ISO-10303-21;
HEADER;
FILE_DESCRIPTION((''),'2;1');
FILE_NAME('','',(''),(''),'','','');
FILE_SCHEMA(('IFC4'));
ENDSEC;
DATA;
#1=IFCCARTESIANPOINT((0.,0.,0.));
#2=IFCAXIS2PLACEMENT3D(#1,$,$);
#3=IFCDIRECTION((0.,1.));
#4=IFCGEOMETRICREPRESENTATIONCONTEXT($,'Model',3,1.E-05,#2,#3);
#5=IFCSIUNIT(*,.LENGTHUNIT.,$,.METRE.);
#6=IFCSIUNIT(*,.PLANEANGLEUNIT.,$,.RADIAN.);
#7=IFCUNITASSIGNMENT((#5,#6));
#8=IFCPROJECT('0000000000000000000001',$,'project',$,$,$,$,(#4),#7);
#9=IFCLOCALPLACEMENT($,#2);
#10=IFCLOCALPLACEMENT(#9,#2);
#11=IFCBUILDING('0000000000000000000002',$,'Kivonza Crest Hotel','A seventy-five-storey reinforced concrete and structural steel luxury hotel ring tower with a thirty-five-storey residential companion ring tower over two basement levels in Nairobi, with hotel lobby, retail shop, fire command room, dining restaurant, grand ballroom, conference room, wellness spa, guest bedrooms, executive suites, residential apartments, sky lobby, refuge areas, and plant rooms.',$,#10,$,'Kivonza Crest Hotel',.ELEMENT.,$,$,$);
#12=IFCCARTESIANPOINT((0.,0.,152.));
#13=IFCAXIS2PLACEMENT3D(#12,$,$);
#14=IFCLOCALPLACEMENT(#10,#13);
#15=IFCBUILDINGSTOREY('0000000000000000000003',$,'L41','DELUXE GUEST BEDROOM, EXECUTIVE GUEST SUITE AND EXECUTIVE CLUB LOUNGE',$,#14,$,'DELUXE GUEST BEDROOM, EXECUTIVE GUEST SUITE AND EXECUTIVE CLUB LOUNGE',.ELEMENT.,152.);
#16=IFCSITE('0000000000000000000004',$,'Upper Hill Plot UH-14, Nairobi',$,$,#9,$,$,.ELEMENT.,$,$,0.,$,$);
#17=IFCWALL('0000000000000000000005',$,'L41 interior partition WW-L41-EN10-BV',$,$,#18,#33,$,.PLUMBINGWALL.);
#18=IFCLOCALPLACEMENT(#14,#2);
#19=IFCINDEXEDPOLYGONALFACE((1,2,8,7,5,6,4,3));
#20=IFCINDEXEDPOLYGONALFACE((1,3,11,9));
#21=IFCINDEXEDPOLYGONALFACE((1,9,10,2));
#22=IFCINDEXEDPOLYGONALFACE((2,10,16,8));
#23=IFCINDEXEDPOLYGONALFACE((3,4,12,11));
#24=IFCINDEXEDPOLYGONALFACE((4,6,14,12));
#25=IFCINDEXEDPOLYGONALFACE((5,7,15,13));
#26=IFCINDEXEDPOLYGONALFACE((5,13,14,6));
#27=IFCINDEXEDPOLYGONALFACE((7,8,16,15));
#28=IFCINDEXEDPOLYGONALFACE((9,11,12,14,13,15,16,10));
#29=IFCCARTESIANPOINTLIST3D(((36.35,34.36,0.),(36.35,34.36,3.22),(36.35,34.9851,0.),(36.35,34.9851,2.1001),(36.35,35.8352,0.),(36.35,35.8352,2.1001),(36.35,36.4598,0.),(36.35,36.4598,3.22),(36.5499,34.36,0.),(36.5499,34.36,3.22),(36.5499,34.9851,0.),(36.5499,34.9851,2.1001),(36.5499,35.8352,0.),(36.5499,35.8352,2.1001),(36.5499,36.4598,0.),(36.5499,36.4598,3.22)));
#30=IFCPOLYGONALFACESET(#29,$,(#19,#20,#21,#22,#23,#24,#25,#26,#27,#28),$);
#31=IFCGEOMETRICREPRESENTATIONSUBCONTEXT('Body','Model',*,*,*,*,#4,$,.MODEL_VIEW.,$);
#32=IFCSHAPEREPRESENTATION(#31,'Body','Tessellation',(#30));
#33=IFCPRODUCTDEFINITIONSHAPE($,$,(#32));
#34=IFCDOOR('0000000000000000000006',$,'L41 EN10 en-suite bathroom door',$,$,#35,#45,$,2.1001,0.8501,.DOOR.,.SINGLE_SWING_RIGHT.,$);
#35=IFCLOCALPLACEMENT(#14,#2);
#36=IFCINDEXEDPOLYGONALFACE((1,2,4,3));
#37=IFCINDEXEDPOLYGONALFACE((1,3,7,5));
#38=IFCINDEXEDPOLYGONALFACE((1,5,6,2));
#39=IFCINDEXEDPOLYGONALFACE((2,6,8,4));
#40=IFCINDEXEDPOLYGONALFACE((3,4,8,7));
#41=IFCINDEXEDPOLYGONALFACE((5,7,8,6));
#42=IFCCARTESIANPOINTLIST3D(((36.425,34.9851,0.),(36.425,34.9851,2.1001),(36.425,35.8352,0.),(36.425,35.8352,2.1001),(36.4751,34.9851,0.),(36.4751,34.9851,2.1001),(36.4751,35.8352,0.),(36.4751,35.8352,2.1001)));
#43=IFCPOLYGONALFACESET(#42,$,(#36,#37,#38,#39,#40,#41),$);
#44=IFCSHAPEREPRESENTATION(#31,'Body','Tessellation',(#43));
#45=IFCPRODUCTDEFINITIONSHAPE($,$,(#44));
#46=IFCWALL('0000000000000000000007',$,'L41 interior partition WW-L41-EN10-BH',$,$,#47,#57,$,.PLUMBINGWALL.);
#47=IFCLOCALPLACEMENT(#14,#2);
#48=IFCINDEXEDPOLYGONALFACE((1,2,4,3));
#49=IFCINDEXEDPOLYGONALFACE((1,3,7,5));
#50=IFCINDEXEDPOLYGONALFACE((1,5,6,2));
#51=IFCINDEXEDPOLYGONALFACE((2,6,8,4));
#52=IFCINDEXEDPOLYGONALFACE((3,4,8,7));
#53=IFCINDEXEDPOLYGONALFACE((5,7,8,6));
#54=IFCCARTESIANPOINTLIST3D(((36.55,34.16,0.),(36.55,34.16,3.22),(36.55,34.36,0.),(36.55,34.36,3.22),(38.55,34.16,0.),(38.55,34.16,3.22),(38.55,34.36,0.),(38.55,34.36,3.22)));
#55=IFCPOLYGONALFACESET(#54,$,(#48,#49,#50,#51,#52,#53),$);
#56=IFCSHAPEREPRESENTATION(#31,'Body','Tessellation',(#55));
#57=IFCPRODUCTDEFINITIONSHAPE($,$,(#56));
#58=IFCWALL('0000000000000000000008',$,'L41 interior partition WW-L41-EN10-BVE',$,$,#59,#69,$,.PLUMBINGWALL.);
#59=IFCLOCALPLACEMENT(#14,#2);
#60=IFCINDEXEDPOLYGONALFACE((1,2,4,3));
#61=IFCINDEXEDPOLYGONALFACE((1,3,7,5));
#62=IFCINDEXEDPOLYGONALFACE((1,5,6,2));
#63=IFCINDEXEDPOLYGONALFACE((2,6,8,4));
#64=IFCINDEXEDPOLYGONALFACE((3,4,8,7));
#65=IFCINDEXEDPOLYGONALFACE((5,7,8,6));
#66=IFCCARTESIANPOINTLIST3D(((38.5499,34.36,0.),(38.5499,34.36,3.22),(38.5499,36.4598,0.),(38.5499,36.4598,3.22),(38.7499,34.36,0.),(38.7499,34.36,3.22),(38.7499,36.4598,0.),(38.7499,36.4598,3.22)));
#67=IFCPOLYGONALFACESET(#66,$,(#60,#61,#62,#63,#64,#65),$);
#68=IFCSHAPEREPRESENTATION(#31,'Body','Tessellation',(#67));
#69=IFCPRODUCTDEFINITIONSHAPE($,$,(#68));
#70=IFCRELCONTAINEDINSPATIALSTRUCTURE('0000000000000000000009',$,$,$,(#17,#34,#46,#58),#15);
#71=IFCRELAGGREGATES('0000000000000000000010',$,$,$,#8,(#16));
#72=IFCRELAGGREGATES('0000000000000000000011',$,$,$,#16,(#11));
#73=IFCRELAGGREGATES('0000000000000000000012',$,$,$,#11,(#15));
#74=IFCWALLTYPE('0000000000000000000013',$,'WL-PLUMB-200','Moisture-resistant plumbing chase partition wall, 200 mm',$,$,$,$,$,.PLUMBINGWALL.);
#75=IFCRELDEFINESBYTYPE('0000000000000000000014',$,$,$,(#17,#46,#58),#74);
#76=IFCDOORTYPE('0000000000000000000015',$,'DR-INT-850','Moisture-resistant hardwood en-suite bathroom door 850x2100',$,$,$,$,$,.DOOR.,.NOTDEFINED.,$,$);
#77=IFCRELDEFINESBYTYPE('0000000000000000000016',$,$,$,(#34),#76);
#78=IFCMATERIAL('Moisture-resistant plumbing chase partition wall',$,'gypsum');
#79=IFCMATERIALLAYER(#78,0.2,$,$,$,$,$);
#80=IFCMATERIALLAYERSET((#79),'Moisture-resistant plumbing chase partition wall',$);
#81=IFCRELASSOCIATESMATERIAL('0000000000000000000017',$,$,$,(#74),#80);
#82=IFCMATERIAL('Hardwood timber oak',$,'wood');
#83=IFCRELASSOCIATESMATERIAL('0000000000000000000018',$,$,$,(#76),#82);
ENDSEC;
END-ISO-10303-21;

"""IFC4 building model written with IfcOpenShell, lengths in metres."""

from ifc_helpers import new_model, si_unit, direction, frame, frame_2d, origin, place, context, subcontext, project, spatial, rectangle, extrude, material, layer, layer_set, type_object, element, fill, save


model = new_model("IFC4")

# Units and contexts
model_context = context("Model", 3, precision=1e-05, world=origin(), true_north=direction((0.0, 1.0)))
body_context = subcontext(model_context, "Body", "Model", "MODEL_VIEW")
ifc_project = project(units=[si_unit("LENGTHUNIT", "METRE"), si_unit("PLANEANGLEUNIT", "RADIAN")], contexts=[model_context])

# Site, building, storey
site_placement = place(None, origin())
site = spatial("IfcSite", under=ifc_project, at=site_placement, Name="Upper Hill Plot UH-14, Nairobi", CompositionType="ELEMENT", RefElevation=0.0)
building_placement = place(site_placement, origin())
building = spatial("IfcBuilding", under=site, at=building_placement, Name="Kivonza Crest Hotel", Description="A seventy-five-storey reinforced concrete and structural steel luxury hotel ring tower with a thirty-five-storey residential companion ring tower over two basement levels in Nairobi, with hotel lobby, retail shop, fire command room, dining restaurant, grand ballroom, conference room, wellness spa, guest bedrooms, executive suites, residential apartments, sky lobby, refuge areas, and plant rooms.", LongName="Kivonza Crest Hotel", CompositionType="ELEMENT")
storey_placement = place(building_placement, frame((0.0, 0.0, 152.0)))
storey = spatial("IfcBuildingStorey", under=building, at=storey_placement, Name="L41", Description="DELUXE GUEST BEDROOM, EXECUTIVE GUEST SUITE AND EXECUTIVE CLUB LOUNGE", LongName="DELUXE GUEST BEDROOM, EXECUTIVE GUEST SUITE AND EXECUTIVE CLUB LOUNGE", CompositionType="ELEMENT", Elevation=152.0)

# Shared definitions
ifc_material_1 = material(Name="Hardwood timber oak", Category="wood")

# Wall, opening, door
ifc_material_2 = material(Name="Moisture-resistant plumbing chase partition wall", Category="gypsum")
ifc_layer_1 = layer(ifc_material_2, 0.2)
ifc_layer_set_1 = layer_set([ifc_layer_1], Name="Moisture-resistant plumbing chase partition wall")
wall_type_1 = type_object("IfcWallType", Name="WL-PLUMB-200", Description="Moisture-resistant plumbing chase partition wall, 200 mm", PredefinedType="PLUMBINGWALL", material=ifc_layer_set_1)
wall_1_placement = place(storey_placement, frame((36.45, 34.3601, 0.0), z_axis=(0.0, 0.0, 1.0), x_axis=(0.0, 1.0, 0.0)))
wall_1 = element("IfcWall", 1, at=wall_1_placement, inside=storey, type_object=wall_type_1, Name="L41 interior partition WW-L41-EN10-BV", PredefinedType="PLUMBINGWALL", context=body_context, shape_type="SweptSolid", body=[
    extrude(rectangle(XDim=2.0999, YDim=0.2, at=frame_2d((1.0498, 0.0))), origin(), (0.0, 0.0, 1.0), 3.22),
])
opening_1_placement = place(wall_1_placement, frame((0.625, 0.0, 0.0)))
opening_1 = element("IfcOpeningElement", 2, at=opening_1_placement, cuts=wall_1, PredefinedType="OPENING", context=body_context, shape_type="SweptSolid", body=[
    extrude(rectangle(XDim=0.8501, YDim=2.1001, at=frame_2d((0.425, 1.05))), frame((0.0, 0.1099, 0.0), z_axis=(0.0, -1.0, 0.0), x_axis=(1.0, 0.0, 0.0)), (0.0, 0.0, 1.0), 0.22),
])
door_type_1 = type_object("IfcDoorType", Name="DR-INT-850", Description="Moisture-resistant hardwood en-suite bathroom door 850x2100", OperationType="NOTDEFINED", PredefinedType="DOOR", material=ifc_material_1)
door_1_placement = place(opening_1_placement, origin())
door_1 = element("IfcDoor", 3, at=door_1_placement, inside=storey, type_object=door_type_1, Name="L41 EN10 en-suite bathroom door", OperationType="SINGLE_SWING_RIGHT", OverallHeight=2.1001, OverallWidth=0.8501, PredefinedType="DOOR", context=body_context, shape_type="SweptSolid", body=[
    extrude(rectangle(XDim=0.8501, YDim=2.1001, at=frame_2d((0.425, 1.05))), frame((0.0, 0.0249, 0.0), z_axis=(0.0, -1.0, 0.0), x_axis=(1.0, 0.0, 0.0)), (0.0, 0.0, 1.0), 0.05),
])
fill(opening_1, door_1)

# Walls
wall_2_placement = place(storey_placement, frame((36.55, 34.26, 0.0), z_axis=(0.0, 0.0, 1.0), x_axis=(1.0, 0.0, 0.0)))
element("IfcWall", 4, at=wall_2_placement, inside=storey, type_object=wall_type_1, Name="L41 interior partition WW-L41-EN10-BH", PredefinedType="PLUMBINGWALL", context=body_context, shape_type="SweptSolid", body=[
    extrude(rectangle(XDim=2.0, YDim=0.2, at=frame_2d((1.0, 0.0))), origin(), (0.0, 0.0, 1.0), 3.22),
])
wall_3_placement = place(storey_placement, frame((38.6499, 34.3601, 0.0), z_axis=(0.0, 0.0, 1.0), x_axis=(0.0, 1.0, 0.0)))
element("IfcWall", 5, at=wall_3_placement, inside=storey, type_object=wall_type_1, Name="L41 interior partition WW-L41-EN10-BVE", PredefinedType="PLUMBINGWALL", context=body_context, shape_type="SweptSolid", body=[
    extrude(rectangle(XDim=2.0999, YDim=0.2, at=frame_2d((1.0498, 0.0))), origin(), (0.0, 0.0, 1.0), 3.22),
])

save(model, "model.ifc")
